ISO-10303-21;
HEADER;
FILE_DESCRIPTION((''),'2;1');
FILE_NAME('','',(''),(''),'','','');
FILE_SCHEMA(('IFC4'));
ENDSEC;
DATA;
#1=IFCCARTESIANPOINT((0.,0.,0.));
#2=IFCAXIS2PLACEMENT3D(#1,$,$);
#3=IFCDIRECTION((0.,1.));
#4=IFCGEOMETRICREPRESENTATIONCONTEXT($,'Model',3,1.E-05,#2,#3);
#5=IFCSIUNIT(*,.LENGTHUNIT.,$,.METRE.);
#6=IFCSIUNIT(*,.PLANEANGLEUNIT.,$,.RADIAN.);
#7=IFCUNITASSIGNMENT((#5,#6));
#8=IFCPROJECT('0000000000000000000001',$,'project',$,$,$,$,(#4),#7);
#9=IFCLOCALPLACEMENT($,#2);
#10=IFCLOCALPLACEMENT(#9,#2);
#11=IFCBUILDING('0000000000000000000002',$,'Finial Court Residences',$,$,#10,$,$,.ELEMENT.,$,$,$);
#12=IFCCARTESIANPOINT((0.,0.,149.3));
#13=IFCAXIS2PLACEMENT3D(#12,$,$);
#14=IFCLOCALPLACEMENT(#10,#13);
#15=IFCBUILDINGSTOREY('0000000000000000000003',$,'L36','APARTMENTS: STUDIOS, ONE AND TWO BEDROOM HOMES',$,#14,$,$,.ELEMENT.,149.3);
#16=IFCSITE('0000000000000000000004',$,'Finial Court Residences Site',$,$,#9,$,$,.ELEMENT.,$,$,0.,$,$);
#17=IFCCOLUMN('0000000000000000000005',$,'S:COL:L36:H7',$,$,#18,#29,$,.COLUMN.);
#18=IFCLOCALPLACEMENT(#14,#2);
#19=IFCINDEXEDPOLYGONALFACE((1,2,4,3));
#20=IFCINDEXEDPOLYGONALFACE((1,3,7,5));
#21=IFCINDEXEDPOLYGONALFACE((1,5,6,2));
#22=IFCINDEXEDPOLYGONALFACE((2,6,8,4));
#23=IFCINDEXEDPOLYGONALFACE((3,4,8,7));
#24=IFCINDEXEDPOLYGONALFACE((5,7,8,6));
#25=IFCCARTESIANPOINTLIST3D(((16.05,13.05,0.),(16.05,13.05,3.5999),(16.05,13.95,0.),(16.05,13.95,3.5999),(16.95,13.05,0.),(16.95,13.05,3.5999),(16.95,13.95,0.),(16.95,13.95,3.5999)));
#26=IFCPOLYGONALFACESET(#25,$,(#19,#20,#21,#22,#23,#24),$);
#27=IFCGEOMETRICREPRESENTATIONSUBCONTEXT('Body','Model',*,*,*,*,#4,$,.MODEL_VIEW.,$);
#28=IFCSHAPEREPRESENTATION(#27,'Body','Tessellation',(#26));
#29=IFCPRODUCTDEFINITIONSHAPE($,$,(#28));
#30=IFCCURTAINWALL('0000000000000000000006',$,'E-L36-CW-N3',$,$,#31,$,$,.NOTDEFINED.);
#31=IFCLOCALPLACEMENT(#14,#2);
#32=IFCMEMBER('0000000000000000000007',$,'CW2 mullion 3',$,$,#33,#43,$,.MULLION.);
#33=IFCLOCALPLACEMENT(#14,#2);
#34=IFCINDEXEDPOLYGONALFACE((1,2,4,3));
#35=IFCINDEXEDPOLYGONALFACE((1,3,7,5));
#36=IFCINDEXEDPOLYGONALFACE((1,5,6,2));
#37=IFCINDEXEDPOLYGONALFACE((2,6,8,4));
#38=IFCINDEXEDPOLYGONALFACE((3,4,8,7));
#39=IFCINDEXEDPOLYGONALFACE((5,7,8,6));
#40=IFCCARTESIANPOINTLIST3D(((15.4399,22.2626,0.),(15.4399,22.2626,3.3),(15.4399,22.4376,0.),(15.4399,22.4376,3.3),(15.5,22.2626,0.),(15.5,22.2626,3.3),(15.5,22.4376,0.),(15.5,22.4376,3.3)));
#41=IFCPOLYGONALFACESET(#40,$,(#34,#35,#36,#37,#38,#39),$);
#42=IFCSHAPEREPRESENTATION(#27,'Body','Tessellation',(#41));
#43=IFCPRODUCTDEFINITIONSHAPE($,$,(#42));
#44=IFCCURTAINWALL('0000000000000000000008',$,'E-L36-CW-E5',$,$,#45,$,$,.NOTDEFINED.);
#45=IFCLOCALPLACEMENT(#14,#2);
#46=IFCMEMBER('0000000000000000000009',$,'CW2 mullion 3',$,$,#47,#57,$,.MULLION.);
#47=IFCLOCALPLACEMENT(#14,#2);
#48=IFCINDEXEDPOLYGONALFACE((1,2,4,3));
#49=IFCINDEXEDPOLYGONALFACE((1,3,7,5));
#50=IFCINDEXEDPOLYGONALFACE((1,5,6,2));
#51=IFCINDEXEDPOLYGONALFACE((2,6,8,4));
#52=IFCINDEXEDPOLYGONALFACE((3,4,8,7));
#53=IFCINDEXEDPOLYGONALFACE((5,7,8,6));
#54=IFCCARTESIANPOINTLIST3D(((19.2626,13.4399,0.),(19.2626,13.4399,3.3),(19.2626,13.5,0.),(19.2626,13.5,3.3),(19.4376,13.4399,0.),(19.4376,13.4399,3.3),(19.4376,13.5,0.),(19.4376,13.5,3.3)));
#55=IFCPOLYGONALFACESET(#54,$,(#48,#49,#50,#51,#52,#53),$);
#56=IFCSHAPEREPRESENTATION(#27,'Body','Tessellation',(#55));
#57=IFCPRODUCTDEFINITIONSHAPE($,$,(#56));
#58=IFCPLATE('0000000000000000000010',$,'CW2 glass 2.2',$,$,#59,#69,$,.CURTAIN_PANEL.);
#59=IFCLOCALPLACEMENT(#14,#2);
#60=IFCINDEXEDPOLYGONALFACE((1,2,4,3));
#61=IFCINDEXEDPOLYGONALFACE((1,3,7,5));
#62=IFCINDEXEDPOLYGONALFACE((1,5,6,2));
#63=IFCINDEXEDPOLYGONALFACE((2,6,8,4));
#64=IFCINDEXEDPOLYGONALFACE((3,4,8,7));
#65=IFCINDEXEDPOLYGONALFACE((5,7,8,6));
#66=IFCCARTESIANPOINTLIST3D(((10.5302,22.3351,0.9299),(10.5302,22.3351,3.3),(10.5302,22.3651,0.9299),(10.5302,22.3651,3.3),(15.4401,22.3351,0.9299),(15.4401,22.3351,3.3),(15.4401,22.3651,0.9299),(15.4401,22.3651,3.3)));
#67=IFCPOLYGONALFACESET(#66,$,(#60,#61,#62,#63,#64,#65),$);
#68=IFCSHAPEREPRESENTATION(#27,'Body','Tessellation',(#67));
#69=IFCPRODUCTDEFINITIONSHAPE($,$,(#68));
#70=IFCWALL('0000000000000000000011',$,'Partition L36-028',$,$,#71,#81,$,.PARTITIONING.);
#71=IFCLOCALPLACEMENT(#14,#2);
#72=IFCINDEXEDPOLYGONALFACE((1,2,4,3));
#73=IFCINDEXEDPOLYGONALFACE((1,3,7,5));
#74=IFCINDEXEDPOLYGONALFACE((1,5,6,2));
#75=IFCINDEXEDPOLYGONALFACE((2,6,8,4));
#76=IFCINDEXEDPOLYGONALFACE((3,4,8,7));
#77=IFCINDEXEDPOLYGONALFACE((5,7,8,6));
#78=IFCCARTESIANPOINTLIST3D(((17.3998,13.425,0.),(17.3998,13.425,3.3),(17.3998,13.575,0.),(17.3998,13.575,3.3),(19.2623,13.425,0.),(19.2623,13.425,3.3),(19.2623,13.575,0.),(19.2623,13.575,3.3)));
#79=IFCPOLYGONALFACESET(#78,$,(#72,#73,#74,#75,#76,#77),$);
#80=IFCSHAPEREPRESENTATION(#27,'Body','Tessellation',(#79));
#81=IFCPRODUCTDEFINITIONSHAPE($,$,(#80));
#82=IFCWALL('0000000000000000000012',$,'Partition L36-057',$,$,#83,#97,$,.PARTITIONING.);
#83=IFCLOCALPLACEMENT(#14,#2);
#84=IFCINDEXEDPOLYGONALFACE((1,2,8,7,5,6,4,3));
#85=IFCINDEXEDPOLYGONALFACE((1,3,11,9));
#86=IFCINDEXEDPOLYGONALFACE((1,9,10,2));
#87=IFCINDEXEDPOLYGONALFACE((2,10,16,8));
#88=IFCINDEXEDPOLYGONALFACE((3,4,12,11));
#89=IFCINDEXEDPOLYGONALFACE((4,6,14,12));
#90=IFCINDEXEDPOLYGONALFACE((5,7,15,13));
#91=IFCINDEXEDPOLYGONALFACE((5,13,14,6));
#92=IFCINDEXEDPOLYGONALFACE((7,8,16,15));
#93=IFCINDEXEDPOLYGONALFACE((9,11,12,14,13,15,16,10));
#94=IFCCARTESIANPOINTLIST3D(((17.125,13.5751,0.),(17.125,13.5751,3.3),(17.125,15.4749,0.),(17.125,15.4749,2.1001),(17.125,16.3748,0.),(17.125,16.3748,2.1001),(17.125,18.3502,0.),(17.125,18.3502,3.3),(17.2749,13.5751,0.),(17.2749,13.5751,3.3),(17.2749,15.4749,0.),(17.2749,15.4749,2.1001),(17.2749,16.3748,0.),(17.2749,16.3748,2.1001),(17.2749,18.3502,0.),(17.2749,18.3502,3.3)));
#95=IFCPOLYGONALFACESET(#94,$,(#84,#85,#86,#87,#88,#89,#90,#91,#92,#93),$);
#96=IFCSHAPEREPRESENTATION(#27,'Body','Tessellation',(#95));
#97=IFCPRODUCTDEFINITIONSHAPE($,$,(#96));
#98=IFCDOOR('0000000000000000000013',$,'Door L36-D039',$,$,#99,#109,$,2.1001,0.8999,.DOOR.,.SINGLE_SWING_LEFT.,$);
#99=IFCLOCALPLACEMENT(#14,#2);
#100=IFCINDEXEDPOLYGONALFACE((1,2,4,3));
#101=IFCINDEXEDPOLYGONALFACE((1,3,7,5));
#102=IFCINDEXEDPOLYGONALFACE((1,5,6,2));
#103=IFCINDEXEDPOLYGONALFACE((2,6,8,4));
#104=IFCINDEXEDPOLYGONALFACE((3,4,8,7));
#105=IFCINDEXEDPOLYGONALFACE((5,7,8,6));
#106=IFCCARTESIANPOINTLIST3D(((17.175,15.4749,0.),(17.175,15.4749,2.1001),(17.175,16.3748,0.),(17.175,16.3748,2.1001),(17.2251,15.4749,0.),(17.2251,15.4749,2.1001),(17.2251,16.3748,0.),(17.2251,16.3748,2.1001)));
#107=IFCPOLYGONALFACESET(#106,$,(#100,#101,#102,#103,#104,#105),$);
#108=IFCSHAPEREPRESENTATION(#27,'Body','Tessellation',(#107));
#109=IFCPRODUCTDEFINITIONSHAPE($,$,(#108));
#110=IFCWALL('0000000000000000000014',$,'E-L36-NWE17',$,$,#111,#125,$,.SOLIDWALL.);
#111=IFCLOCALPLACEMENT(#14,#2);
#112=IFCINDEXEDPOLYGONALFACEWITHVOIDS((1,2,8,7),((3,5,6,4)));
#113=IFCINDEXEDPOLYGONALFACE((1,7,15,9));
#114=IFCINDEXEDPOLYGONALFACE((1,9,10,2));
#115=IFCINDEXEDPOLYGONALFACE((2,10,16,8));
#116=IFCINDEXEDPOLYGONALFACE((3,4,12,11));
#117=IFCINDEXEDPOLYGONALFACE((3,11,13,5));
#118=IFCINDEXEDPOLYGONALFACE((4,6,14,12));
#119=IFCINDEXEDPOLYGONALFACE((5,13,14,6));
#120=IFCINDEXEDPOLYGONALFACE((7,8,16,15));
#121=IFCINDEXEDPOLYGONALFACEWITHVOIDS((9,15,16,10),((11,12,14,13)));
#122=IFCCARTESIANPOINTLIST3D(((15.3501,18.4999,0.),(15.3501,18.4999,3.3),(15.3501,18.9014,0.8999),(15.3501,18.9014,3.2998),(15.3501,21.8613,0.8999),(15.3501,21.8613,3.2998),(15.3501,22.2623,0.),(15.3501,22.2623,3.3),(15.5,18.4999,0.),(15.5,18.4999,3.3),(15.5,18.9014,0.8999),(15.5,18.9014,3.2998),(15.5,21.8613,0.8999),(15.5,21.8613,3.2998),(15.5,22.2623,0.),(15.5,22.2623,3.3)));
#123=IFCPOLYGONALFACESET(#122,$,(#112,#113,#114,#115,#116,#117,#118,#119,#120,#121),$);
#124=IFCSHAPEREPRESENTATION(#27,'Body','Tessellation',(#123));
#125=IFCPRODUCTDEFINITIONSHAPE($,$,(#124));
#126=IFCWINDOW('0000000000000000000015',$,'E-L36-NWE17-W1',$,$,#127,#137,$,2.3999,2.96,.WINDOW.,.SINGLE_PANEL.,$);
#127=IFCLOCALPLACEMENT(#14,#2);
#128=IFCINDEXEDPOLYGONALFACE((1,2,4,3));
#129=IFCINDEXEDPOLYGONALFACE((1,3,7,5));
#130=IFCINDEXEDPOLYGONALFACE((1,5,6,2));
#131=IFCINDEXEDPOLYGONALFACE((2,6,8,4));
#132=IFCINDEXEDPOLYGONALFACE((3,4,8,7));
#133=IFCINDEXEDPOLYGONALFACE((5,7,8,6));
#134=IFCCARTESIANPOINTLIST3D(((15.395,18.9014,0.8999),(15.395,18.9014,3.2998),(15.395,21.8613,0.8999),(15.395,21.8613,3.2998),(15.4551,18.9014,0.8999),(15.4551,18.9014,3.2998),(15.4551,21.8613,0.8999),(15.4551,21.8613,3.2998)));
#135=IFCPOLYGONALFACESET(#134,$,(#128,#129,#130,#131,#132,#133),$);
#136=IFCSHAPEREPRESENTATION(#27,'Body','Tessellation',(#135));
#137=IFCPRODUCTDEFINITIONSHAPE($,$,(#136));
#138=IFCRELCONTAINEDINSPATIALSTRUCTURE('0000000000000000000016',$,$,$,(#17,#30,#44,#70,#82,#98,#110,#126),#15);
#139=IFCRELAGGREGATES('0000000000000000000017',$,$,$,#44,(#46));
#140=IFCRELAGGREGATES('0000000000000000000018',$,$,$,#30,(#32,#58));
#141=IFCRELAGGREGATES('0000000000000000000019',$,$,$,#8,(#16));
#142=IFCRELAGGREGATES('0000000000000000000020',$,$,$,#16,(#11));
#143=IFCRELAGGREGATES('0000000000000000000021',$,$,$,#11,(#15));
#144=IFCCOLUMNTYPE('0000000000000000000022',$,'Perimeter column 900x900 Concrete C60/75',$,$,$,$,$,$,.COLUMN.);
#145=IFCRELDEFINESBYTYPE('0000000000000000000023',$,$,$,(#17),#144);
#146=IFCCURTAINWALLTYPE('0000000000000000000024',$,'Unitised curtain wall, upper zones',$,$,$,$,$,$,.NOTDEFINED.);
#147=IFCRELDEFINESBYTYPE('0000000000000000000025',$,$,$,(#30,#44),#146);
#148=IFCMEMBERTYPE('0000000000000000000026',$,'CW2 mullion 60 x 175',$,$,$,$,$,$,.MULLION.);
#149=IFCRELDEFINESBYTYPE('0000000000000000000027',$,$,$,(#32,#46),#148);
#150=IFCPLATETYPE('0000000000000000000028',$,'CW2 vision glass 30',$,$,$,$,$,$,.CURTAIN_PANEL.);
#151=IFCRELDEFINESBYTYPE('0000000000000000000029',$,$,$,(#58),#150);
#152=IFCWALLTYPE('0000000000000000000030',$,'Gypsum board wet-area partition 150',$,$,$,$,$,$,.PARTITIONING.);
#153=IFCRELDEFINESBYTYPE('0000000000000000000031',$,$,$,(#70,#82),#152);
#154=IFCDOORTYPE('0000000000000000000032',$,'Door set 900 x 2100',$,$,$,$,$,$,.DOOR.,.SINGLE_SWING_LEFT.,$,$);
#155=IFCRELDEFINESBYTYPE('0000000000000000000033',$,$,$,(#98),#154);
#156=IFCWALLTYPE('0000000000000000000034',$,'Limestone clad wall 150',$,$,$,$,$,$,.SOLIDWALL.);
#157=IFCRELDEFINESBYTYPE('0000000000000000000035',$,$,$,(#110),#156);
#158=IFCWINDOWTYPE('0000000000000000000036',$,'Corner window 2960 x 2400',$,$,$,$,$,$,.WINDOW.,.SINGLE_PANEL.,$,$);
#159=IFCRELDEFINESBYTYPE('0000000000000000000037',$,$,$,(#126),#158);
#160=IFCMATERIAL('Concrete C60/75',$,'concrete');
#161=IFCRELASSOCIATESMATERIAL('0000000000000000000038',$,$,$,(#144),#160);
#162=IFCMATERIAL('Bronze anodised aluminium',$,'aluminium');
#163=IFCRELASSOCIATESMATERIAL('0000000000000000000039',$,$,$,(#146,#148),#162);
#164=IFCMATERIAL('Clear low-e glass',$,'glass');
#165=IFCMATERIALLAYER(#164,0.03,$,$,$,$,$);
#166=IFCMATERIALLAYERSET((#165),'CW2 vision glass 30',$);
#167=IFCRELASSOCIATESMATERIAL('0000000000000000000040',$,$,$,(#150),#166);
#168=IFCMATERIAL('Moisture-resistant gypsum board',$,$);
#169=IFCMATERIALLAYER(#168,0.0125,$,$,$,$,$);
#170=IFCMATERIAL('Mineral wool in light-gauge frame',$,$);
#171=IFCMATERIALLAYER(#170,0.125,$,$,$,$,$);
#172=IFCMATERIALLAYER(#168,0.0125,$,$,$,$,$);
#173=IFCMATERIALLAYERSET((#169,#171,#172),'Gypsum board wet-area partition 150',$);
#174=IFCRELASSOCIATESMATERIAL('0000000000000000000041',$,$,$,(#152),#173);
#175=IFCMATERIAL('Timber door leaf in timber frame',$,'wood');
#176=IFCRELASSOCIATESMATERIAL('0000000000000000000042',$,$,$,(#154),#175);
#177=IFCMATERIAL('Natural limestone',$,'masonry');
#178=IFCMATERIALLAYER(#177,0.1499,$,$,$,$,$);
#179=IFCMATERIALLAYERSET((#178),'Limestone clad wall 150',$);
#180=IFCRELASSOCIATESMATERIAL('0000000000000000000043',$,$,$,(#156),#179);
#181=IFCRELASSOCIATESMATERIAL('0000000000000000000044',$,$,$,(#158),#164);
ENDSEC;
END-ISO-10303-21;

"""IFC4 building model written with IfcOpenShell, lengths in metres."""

from ifc_helpers import new_model, si_unit, direction, frame, frame_2d, origin, origin_2d, place, context, subcontext, project, spatial, rectangle, extrude, material, layer, layer_set, material_profile, profile_set, type_object, element, fill, aggregate, save


model = new_model("IFC4")

# Units and contexts
model_context = context("Model", 3, precision=1e-05, world=origin(), true_north=direction((0.0, 1.0)))
body_context = subcontext(model_context, "Body", "Model", "MODEL_VIEW")
ifc_project = project(units=[si_unit("LENGTHUNIT", "METRE"), si_unit("PLANEANGLEUNIT", "RADIAN")], contexts=[model_context])

# Site, building, storey
site_placement = place(None, origin())
site = spatial("IfcSite", under=ifc_project, at=site_placement, Name="Finial Court Residences Site", CompositionType="ELEMENT", RefElevation=0.0)
building_placement = place(site_placement, origin())
building = spatial("IfcBuilding", under=site, at=building_placement, Name="Finial Court Residences", CompositionType="ELEMENT")
storey_placement = place(building_placement, frame((0.0, 0.0, 149.3)))
storey = spatial("IfcBuildingStorey", under=building, at=storey_placement, Name="L36", Description="APARTMENTS: STUDIOS, ONE AND TWO BEDROOM HOMES", CompositionType="ELEMENT", Elevation=149.3)

# Column
ifc_material_1 = material(Name="Concrete C60/75", Category="concrete")
ifc_material_profile_1 = material_profile(ifc_material_1, rectangle(XDim=0.8999, YDim=0.8999, at=origin_2d()), Name="900x900")
ifc_profile_set_1 = profile_set([ifc_material_profile_1], Name="Concrete C60/75")
column_type = type_object("IfcColumnType", Name="Perimeter column 900x900 Concrete C60/75", PredefinedType="COLUMN", material=ifc_profile_set_1)
column_placement = place(storey_placement, frame((16.5, 13.5, 0.0), z_axis=(0.0, 0.0, 1.0), x_axis=(1.0, 0.0, 0.0)))
element("IfcColumn", 1, at=column_placement, inside=storey, type_object=column_type, Name="S:COL:L36:H7", PredefinedType="COLUMN", context=body_context, shape_type="SweptSolid", body=[
    extrude(rectangle(XDim=0.8999, YDim=0.8999, at=origin_2d()), origin(), (0.0, 0.0, 1.0), 3.5999),
])

# Curtain walls, members
ifc_material_2 = material(Name="Bronze anodised aluminium", Category="aluminium")
curtain_wall_type = type_object("IfcCurtainWallType", Name="Unitised curtain wall, upper zones", PredefinedType="NOTDEFINED", material=ifc_material_2)
curtain_wall_1_placement = place(storey_placement, origin())
curtain_wall_1 = element("IfcCurtainWall", 2, at=curtain_wall_1_placement, inside=storey, type_object=curtain_wall_type, Name="E-L36-CW-N3", PredefinedType="NOTDEFINED")
ifc_material_profile_2 = material_profile(ifc_material_2, rectangle(XDim=0.175, YDim=0.0601, at=origin_2d()), Name="CW2 mullion 60 x 175")
ifc_profile_set_2 = profile_set([ifc_material_profile_2], Name="Bronze anodised aluminium")
member_type = type_object("IfcMemberType", Name="CW2 mullion 60 x 175", PredefinedType="MULLION", material=ifc_profile_set_2)
member_1_placement = place(storey_placement, frame((15.47, 22.3501, 0.0), z_axis=(0.0, 0.0, 1.0), x_axis=(0.0, 1.0, 0.0)))
member_1 = element("IfcMember", 3, at=member_1_placement, type_object=member_type, Name="CW2 mullion 3", PredefinedType="MULLION", context=body_context, shape_type="SweptSolid", body=[
    extrude(rectangle(XDim=0.175, YDim=0.0601, at=origin_2d()), origin(), (0.0, 0.0, 1.0), 3.3),
])
curtain_wall_2_placement = place(storey_placement, origin())
curtain_wall_2 = element("IfcCurtainWall", 4, at=curtain_wall_2_placement, inside=storey, type_object=curtain_wall_type, Name="E-L36-CW-E5", PredefinedType="NOTDEFINED")
member_2_placement = place(storey_placement, frame((19.3501, 13.47, 0.0), z_axis=(0.0, 0.0, 1.0), x_axis=(-1.0, 0.0, 0.0)))
member_2 = element("IfcMember", 5, at=member_2_placement, type_object=member_type, Name="CW2 mullion 3", PredefinedType="MULLION", context=body_context, shape_type="SweptSolid", body=[
    extrude(rectangle(XDim=0.175, YDim=0.0601, at=origin_2d()), origin(), (0.0, 0.0, 1.0), 3.3),
])
aggregate(curtain_wall_2, [member_2])

# Plate
ifc_material_3 = material(Name="Clear low-e glass", Category="glass")
ifc_layer_1 = layer(ifc_material_3, 0.03)
ifc_layer_set_1 = layer_set([ifc_layer_1], Name="CW2 vision glass 30")
plate_type = type_object("IfcPlateType", Name="CW2 vision glass 30", PredefinedType="CURTAIN_PANEL", material=ifc_layer_set_1)
plate_placement = place(storey_placement, frame((12.9851, 22.3501, 0.9299), z_axis=(0.0, 0.0, 1.0), x_axis=(1.0, 0.0, 0.0)))
plate = element("IfcPlate", 6, at=plate_placement, type_object=plate_type, Name="CW2 glass 2.2", PredefinedType="CURTAIN_PANEL", context=body_context, shape_type="SweptSolid", body=[
    extrude(rectangle(XDim=4.9099, YDim=0.03, at=origin_2d()), origin(), (0.0, 0.0, 1.0), 2.3701),
])
aggregate(curtain_wall_1, [member_1, plate])

# Wall
ifc_material_4 = material(Name="Moisture-resistant gypsum board")
ifc_layer_2 = layer(ifc_material_4, 0.0125)
ifc_material_5 = material(Name="Mineral wool in light-gauge frame")
ifc_layer_3 = layer(ifc_material_5, 0.125)
ifc_layer_4 = layer(ifc_material_4, 0.0125)
ifc_layer_set_2 = layer_set([ifc_layer_2, ifc_layer_3, ifc_layer_4], Name="Gypsum board wet-area partition 150")
wall_type_1 = type_object("IfcWallType", Name="Gypsum board wet-area partition 150", PredefinedType="PARTITIONING", material=ifc_layer_set_2)
wall_1_placement = place(storey_placement, frame((17.3999, 13.5, 0.0), z_axis=(0.0, 0.0, 1.0), x_axis=(1.0, 0.0, 0.0)))
element("IfcWall", 7, at=wall_1_placement, inside=storey, type_object=wall_type_1, Name="Partition L36-028", PredefinedType="PARTITIONING", context=body_context, shape_type="SweptSolid", body=[
    extrude(rectangle(XDim=1.8625, YDim=0.1499, at=frame_2d((0.9312, 0.0))), origin(), (0.0, 0.0, 1.0), 3.3),
])

# Wall, opening, door
wall_2_placement = place(storey_placement, frame((17.2, 13.575, 0.0), z_axis=(0.0, 0.0, 1.0), x_axis=(0.0, 1.0, 0.0)))
wall_2 = element("IfcWall", 8, at=wall_2_placement, inside=storey, type_object=wall_type_1, Name="Partition L36-057", PredefinedType="PARTITIONING", context=body_context, shape_type="SweptSolid", body=[
    extrude(rectangle(XDim=4.7751, YDim=0.1499, at=frame_2d((2.3877, 0.0))), origin(), (0.0, 0.0, 1.0), 3.3),
])
opening_1_placement = place(wall_2_placement, frame((1.8999, 0.0, 0.0)))
opening_1 = element("IfcOpeningElement", 9, at=opening_1_placement, cuts=wall_2, PredefinedType="OPENING", context=body_context, shape_type="SweptSolid", body=[
    extrude(rectangle(XDim=0.8999, YDim=2.1001, at=frame_2d((0.45, 1.05))), frame((0.0, 0.085, 0.0), z_axis=(0.0, -1.0, 0.0), x_axis=(1.0, 0.0, 0.0)), (0.0, 0.0, 1.0), 0.1699),
])
ifc_material_6 = material(Name="Timber door leaf in timber frame", Category="wood")
door_type_1 = type_object("IfcDoorType", Name="Door set 900 x 2100", OperationType="SINGLE_SWING_LEFT", PredefinedType="DOOR", material=ifc_material_6)
door_1_placement = place(opening_1_placement, origin())
door_1 = element("IfcDoor", 10, at=door_1_placement, inside=storey, type_object=door_type_1, Name="Door L36-D039", OperationType="SINGLE_SWING_LEFT", OverallHeight=2.1001, OverallWidth=0.8999, PredefinedType="DOOR", context=body_context, shape_type="SweptSolid", body=[
    extrude(rectangle(XDim=0.8999, YDim=2.1001, at=frame_2d((0.45, 1.05))), frame((0.0, 0.0249, 0.0), z_axis=(0.0, -1.0, 0.0), x_axis=(1.0, 0.0, 0.0)), (0.0, 0.0, 1.0), 0.05),
])
fill(opening_1, door_1)

# Wall, opening, window
ifc_material_7 = material(Name="Natural limestone", Category="masonry")
ifc_layer_5 = layer(ifc_material_7, 0.1499)
ifc_layer_set_3 = layer_set([ifc_layer_5], Name="Limestone clad wall 150")
wall_type_2 = type_object("IfcWallType", Name="Limestone clad wall 150", PredefinedType="SOLIDWALL", material=ifc_layer_set_3)
wall_3_placement = place(storey_placement, frame((15.425, 22.2625, 0.0), z_axis=(0.0, 0.0, 1.0), x_axis=(0.0, -1.0, 0.0)))
wall_3 = element("IfcWall", 11, at=wall_3_placement, inside=storey, type_object=wall_type_2, Name="E-L36-NWE17", PredefinedType="SOLIDWALL", context=body_context, shape_type="SweptSolid", body=[
    extrude(rectangle(XDim=3.7625, YDim=0.1499, at=frame_2d((1.8813, 0.0))), origin(), (0.0, 0.0, 1.0), 3.3),
])
opening_2_placement = place(wall_3_placement, frame((0.4011, 0.0, 0.8999)))
opening_2 = element("IfcOpeningElement", 12, at=opening_2_placement, cuts=wall_3, PredefinedType="OPENING", context=body_context, shape_type="SweptSolid", body=[
    extrude(rectangle(XDim=2.96, YDim=2.3999, at=frame_2d((1.48, 1.2))), frame((0.0, 0.085, 0.0), z_axis=(0.0, -1.0, 0.0), x_axis=(1.0, 0.0, 0.0)), (0.0, 0.0, 1.0), 0.1699),
])
window_type_1 = type_object("IfcWindowType", Name="Corner window 2960 x 2400", PartitioningType="SINGLE_PANEL", PredefinedType="WINDOW", material=ifc_material_3)
window_1_placement = place(opening_2_placement, origin())
window_1 = element("IfcWindow", 13, at=window_1_placement, inside=storey, type_object=window_type_1, Name="E-L36-NWE17-W1", OverallHeight=2.3999, OverallWidth=2.96, PartitioningType="SINGLE_PANEL", PredefinedType="WINDOW", context=body_context, shape_type="SweptSolid", body=[
    extrude(rectangle(XDim=2.96, YDim=2.3999, at=frame_2d((1.48, 1.2))), frame((0.0, 0.03, 0.0), z_axis=(0.0, -1.0, 0.0), x_axis=(1.0, 0.0, 0.0)), (0.0, 0.0, 1.0), 0.0601),
])
fill(opening_2, window_1)

save(model, "model.ifc")
